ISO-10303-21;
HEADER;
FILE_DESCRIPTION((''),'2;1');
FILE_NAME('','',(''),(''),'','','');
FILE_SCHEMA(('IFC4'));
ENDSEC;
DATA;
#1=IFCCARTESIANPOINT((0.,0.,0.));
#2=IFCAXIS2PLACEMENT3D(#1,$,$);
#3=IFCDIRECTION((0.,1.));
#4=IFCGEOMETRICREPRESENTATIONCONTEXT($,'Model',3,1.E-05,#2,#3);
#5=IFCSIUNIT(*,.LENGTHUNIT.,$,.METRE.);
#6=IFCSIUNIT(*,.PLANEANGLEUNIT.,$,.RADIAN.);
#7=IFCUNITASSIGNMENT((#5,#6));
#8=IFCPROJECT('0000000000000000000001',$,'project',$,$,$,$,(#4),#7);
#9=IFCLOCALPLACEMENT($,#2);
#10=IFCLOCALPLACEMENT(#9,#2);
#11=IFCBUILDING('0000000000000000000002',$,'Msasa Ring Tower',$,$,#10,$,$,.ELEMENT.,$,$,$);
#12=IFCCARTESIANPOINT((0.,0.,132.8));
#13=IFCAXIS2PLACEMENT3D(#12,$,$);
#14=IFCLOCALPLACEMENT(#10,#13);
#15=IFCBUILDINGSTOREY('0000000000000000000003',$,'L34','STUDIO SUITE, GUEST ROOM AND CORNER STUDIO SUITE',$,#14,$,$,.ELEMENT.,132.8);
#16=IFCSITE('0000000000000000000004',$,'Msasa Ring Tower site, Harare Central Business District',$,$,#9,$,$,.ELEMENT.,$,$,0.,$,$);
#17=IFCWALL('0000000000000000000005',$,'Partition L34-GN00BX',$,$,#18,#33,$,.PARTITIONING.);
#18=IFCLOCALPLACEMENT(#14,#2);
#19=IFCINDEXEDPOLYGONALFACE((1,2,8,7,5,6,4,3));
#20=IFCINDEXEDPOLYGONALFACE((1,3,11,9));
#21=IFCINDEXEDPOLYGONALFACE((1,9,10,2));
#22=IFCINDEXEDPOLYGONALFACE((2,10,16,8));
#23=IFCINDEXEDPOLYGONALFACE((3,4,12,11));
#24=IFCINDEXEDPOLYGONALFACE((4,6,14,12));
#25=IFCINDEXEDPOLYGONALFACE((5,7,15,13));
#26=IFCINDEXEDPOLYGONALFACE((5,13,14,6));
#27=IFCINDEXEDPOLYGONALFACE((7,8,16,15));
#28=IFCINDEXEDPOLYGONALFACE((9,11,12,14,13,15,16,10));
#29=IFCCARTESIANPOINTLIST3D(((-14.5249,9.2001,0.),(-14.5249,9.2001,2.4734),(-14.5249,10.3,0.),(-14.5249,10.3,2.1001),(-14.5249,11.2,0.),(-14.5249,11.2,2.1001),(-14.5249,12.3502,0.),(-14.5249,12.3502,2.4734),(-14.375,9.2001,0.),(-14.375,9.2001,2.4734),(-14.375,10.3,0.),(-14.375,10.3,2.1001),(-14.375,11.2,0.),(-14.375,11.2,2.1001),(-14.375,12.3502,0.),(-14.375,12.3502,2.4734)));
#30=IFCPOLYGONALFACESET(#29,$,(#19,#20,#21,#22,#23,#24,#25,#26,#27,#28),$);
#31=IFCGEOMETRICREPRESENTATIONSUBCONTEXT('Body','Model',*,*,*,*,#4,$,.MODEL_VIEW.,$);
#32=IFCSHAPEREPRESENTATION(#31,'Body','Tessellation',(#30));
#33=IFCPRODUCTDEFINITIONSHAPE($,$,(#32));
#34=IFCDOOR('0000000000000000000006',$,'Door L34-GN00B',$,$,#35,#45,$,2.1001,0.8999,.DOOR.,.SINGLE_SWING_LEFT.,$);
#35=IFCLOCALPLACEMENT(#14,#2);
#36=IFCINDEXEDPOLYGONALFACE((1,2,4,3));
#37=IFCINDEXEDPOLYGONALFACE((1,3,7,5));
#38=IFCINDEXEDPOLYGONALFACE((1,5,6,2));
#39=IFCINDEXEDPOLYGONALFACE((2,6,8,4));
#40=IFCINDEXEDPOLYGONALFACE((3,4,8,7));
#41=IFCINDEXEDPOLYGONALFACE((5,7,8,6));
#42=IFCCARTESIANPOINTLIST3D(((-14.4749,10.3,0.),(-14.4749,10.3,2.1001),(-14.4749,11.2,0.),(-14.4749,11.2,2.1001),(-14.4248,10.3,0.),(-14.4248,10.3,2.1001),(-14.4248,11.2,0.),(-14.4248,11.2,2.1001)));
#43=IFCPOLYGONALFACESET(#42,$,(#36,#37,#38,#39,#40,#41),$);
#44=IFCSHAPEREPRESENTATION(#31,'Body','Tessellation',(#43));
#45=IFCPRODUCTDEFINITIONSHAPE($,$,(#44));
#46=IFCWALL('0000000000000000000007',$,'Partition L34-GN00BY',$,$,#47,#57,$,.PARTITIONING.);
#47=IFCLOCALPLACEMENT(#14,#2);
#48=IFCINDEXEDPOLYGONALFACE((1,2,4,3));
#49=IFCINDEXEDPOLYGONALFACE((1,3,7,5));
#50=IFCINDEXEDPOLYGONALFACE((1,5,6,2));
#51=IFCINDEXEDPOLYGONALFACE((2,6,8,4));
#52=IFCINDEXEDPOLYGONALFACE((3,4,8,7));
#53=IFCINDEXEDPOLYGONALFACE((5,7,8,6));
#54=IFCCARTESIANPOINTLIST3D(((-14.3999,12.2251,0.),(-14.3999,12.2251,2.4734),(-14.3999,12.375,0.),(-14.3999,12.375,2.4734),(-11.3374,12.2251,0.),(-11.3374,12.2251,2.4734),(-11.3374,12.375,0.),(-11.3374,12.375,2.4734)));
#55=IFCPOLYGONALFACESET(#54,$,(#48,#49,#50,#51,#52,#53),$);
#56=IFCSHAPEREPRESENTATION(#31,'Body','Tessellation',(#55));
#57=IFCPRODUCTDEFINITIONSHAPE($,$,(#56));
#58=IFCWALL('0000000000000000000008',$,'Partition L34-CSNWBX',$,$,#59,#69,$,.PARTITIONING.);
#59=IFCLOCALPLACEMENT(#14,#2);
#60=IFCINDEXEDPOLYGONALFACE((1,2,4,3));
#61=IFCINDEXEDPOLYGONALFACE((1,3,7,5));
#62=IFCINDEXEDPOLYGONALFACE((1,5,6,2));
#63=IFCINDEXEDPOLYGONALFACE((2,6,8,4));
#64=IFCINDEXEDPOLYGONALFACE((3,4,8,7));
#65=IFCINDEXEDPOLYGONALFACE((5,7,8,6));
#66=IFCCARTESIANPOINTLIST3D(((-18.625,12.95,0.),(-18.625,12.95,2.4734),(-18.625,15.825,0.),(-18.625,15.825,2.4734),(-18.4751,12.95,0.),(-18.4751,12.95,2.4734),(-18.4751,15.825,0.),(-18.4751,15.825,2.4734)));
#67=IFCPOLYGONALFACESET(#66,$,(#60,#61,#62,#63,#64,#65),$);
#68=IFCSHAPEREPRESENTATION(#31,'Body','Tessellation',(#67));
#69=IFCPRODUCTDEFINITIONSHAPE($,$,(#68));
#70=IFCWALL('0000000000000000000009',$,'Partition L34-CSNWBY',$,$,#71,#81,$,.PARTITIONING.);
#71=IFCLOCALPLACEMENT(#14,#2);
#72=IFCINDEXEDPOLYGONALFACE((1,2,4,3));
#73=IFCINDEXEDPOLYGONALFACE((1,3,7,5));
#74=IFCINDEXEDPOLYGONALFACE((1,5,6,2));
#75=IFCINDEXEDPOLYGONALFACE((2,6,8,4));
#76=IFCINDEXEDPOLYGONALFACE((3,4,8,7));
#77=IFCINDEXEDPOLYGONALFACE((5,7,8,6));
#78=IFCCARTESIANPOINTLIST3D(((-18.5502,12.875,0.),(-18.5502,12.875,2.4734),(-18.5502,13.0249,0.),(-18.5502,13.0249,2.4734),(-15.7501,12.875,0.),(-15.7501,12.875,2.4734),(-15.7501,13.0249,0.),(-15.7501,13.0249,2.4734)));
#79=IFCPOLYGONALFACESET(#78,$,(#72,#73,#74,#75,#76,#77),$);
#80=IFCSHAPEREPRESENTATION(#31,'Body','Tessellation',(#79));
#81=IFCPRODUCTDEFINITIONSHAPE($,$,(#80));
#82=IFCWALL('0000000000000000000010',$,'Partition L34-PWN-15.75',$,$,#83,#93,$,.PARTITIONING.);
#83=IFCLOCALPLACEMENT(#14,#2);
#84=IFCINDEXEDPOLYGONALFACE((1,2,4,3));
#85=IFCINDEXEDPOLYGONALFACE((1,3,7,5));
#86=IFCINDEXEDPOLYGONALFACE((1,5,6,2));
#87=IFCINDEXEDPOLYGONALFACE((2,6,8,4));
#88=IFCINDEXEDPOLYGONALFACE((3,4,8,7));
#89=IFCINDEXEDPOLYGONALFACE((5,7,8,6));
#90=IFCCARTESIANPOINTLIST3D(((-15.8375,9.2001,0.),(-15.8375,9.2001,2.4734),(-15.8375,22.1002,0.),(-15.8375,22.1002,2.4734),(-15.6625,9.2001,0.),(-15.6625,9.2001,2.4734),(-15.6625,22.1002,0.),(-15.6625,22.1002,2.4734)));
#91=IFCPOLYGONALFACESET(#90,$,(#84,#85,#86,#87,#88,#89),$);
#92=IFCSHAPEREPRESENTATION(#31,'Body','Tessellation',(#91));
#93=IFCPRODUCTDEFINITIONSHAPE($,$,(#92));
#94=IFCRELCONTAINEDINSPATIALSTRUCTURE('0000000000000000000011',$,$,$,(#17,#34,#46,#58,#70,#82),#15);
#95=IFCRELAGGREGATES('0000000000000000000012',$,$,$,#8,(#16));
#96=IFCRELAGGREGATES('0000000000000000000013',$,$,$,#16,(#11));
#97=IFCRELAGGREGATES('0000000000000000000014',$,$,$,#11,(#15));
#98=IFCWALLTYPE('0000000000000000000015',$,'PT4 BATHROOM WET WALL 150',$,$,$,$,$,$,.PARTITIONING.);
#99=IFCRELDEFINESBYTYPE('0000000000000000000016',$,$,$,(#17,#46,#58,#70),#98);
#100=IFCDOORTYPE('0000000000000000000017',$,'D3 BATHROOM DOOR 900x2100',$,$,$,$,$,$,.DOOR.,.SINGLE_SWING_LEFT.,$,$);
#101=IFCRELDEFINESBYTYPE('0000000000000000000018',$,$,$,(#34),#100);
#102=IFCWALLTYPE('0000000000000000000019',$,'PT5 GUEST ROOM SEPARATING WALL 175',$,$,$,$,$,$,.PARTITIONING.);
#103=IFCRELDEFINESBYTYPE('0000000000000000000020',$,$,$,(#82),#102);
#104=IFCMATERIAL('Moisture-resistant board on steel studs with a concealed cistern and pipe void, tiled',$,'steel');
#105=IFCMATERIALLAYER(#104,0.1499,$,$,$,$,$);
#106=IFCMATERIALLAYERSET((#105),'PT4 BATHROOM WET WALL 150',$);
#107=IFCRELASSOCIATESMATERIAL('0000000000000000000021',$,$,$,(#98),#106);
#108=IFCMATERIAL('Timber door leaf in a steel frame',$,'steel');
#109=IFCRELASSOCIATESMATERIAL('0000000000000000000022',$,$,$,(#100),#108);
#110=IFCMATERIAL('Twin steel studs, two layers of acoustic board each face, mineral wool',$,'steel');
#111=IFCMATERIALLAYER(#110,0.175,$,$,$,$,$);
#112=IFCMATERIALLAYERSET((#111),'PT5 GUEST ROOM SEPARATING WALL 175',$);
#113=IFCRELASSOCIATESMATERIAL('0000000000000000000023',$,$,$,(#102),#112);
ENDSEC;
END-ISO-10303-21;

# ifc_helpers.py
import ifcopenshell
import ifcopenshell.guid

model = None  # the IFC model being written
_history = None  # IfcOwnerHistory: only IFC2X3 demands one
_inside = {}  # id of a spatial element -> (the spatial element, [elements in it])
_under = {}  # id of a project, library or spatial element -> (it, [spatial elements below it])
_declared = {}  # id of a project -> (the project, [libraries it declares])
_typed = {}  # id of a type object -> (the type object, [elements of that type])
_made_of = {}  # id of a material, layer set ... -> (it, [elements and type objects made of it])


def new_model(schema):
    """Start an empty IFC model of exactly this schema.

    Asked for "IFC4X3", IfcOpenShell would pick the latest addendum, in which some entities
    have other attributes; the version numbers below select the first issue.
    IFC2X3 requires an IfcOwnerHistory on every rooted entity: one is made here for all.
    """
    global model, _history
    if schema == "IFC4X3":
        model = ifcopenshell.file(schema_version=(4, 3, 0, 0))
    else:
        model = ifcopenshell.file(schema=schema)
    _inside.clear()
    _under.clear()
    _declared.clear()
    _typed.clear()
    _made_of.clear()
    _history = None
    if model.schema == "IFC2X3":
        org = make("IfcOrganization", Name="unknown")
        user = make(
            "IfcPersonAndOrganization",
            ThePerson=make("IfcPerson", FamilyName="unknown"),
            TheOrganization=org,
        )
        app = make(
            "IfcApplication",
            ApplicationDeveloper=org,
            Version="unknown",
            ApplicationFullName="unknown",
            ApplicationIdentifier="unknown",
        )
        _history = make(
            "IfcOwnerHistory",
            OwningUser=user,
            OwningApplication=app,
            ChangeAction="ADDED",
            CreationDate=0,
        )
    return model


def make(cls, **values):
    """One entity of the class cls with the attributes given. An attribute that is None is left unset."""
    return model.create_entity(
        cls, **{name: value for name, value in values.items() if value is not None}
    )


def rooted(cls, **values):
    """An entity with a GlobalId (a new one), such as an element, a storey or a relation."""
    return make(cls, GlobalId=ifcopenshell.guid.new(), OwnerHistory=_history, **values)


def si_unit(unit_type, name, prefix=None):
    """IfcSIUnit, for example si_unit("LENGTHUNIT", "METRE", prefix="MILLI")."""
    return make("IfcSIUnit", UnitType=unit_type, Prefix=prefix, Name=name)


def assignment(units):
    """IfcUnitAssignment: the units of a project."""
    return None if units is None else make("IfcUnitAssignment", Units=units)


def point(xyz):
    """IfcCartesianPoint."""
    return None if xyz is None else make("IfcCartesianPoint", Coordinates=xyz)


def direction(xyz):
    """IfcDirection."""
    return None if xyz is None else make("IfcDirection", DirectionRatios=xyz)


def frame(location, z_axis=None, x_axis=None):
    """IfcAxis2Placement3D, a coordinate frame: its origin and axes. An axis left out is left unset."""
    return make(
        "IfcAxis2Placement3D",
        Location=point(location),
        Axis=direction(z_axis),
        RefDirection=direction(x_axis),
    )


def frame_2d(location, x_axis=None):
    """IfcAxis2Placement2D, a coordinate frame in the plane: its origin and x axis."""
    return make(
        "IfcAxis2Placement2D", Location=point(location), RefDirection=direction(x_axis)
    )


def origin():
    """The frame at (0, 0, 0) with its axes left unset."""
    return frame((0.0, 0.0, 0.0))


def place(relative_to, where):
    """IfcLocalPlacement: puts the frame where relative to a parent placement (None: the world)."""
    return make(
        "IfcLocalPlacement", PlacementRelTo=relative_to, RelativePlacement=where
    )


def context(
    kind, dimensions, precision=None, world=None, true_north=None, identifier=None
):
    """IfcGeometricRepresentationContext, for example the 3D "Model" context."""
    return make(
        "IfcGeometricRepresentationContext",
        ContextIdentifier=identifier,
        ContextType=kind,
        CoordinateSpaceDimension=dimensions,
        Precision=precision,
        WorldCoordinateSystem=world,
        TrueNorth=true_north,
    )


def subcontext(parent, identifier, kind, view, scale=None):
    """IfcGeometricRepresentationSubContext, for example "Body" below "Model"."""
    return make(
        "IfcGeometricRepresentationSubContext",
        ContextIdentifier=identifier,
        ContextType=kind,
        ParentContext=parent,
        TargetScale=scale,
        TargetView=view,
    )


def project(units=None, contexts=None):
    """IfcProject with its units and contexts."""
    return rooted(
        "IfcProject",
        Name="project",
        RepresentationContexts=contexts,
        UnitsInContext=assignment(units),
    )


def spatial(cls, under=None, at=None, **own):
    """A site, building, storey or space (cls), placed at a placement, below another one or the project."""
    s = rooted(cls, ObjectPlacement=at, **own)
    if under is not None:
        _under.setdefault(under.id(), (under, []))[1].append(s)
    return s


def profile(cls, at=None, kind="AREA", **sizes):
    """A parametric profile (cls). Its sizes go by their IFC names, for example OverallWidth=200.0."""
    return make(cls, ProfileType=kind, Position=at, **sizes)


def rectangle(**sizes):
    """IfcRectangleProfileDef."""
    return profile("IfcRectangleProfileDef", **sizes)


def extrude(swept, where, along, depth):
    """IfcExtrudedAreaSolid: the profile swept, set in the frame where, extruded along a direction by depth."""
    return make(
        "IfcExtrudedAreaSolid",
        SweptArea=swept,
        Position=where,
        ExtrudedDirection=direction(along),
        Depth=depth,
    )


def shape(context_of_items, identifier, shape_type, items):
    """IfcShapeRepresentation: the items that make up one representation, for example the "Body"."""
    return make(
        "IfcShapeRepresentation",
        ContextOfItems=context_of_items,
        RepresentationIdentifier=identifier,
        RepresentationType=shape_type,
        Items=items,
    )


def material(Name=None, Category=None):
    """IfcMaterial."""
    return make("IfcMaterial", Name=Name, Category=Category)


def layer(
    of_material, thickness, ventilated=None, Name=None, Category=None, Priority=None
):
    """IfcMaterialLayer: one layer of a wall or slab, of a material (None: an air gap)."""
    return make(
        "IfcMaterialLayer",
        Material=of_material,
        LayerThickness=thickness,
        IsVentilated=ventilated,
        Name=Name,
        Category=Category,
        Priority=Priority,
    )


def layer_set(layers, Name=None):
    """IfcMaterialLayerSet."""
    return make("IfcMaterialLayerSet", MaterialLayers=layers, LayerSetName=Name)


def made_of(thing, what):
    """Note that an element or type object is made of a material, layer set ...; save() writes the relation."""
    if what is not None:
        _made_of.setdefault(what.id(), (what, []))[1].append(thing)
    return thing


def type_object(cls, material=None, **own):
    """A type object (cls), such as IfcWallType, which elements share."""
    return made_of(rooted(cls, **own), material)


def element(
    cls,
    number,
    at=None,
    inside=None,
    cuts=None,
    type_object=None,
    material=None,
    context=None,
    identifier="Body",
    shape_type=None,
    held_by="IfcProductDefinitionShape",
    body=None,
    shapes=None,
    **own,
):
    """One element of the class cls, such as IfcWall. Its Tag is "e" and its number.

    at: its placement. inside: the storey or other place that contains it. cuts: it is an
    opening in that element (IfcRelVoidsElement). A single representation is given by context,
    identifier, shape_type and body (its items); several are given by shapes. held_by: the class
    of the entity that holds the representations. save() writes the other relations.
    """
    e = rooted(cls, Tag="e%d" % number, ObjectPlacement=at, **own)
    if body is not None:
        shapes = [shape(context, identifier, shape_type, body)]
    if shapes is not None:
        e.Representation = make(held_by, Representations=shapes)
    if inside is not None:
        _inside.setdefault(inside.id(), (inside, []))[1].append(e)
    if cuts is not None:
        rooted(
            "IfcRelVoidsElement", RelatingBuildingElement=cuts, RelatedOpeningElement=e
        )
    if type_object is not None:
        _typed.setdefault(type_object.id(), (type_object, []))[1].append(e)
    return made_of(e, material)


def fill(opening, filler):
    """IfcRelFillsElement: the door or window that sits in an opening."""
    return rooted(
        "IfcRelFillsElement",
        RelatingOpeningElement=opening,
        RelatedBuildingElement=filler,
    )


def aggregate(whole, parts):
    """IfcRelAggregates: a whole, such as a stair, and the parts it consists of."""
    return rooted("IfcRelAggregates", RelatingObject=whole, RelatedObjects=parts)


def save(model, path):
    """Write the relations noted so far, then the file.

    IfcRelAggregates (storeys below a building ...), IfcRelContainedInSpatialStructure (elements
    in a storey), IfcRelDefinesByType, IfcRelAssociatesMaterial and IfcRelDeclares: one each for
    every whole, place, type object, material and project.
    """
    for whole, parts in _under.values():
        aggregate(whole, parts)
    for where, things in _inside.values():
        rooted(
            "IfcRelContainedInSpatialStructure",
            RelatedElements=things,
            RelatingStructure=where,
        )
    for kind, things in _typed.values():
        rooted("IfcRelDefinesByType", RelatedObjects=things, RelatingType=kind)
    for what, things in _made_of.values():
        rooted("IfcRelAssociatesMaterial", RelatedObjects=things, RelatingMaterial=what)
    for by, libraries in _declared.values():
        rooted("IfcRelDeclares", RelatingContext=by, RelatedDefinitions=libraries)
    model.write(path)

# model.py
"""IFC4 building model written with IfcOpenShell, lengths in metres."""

from ifc_helpers import new_model, si_unit, direction, frame, frame_2d, origin, place, context, subcontext, project, spatial, rectangle, extrude, material, layer, layer_set, type_object, element, fill, save


model = new_model("IFC4")

# Units and contexts
model_context = context("Model", 3, precision=1e-05, world=origin(), true_north=direction((0.0, 1.0)))
body_context = subcontext(model_context, "Body", "Model", "MODEL_VIEW")
ifc_project = project(units=[si_unit("LENGTHUNIT", "METRE"), si_unit("PLANEANGLEUNIT", "RADIAN")], contexts=[model_context])

# Site, building, storey
site_placement = place(None, origin())
site = spatial("IfcSite", under=ifc_project, at=site_placement, Name="Msasa Ring Tower site, Harare Central Business District", CompositionType="ELEMENT", RefElevation=0.0)
building_placement = place(site_placement, origin())
building = spatial("IfcBuilding", under=site, at=building_placement, Name="Msasa Ring Tower", CompositionType="ELEMENT")
storey_placement = place(building_placement, frame((0.0, 0.0, 132.8)))
storey = spatial("IfcBuildingStorey", under=building, at=storey_placement, Name="L34", Description="STUDIO SUITE, GUEST ROOM AND CORNER STUDIO SUITE", CompositionType="ELEMENT", Elevation=132.8)

# Wall, opening, door
ifc_material_1 = material(Name="Moisture-resistant board on steel studs with a concealed cistern and pipe void, tiled", Category="steel")
ifc_layer_1 = layer(ifc_material_1, 0.1499)
ifc_layer_set_1 = layer_set([ifc_layer_1], Name="PT4 BATHROOM WET WALL 150")
wall_type_1 = type_object("IfcWallType", Name="PT4 BATHROOM WET WALL 150", PredefinedType="PARTITIONING", material=ifc_layer_set_1)
wall_1_placement = place(storey_placement, frame((-14.45, 9.2, 0.0), z_axis=(0.0, 0.0, 1.0), x_axis=(0.0, 1.0, 0.0)))
wall_1 = element("IfcWall", 1, at=wall_1_placement, inside=storey, type_object=wall_type_1, Name="Partition L34-GN00BX", PredefinedType="PARTITIONING", context=body_context, shape_type="SweptSolid", body=[
    extrude(rectangle(XDim=3.1501, YDim=0.1499, at=frame_2d((1.5752, 0.0))), origin(), (0.0, 0.0, 1.0), 2.4734),
])
opening_1_placement = place(wall_1_placement, frame((1.1001, 0.0, 0.0)))
opening_1 = element("IfcOpeningElement", 2, at=opening_1_placement, cuts=wall_1, PredefinedType="OPENING", context=body_context, shape_type="SweptSolid", body=[
    extrude(rectangle(XDim=0.8999, YDim=2.1001, at=frame_2d((0.45, 1.05))), frame((0.0, 0.085, 0.0), z_axis=(0.0, -1.0, 0.0), x_axis=(1.0, 0.0, 0.0)), (0.0, 0.0, 1.0), 0.1699),
])
ifc_material_2 = material(Name="Timber door leaf in a steel frame", Category="steel")
door_type_1 = type_object("IfcDoorType", Name="D3 BATHROOM DOOR 900x2100", OperationType="SINGLE_SWING_LEFT", PredefinedType="DOOR", material=ifc_material_2)
door_1_placement = place(opening_1_placement, origin())
door_1 = element("IfcDoor", 3, at=door_1_placement, inside=storey, type_object=door_type_1, Name="Door L34-GN00B", OperationType="SINGLE_SWING_LEFT", OverallHeight=2.1001, OverallWidth=0.8999, PredefinedType="DOOR", context=body_context, shape_type="SweptSolid", body=[
    extrude(rectangle(XDim=0.8999, YDim=2.1001, at=frame_2d((0.45, 1.05))), frame((0.0, 0.0249, 0.0), z_axis=(0.0, -1.0, 0.0), x_axis=(1.0, 0.0, 0.0)), (0.0, 0.0, 1.0), 0.05),
])
fill(opening_1, door_1)

# Walls
wall_2_placement = place(storey_placement, frame((-14.3999, 12.3, 0.0), z_axis=(0.0, 0.0, 1.0), x_axis=(1.0, 0.0, 0.0)))
element("IfcWall", 4, at=wall_2_placement, inside=storey, type_object=wall_type_1, Name="Partition L34-GN00BY", PredefinedType="PARTITIONING", context=body_context, shape_type="SweptSolid", body=[
    extrude(rectangle(XDim=3.0625, YDim=0.1499, at=frame_2d((1.5312, 0.0))), origin(), (0.0, 0.0, 1.0), 2.4734),
])
wall_3_placement = place(storey_placement, frame((-18.55, 12.95, 0.0), z_axis=(0.0, 0.0, 1.0), x_axis=(0.0, 1.0, 0.0)))
element("IfcWall", 5, at=wall_3_placement, inside=storey, type_object=wall_type_1, Name="Partition L34-CSNWBX", PredefinedType="PARTITIONING", context=body_context, shape_type="SweptSolid", body=[
    extrude(rectangle(XDim=2.875, YDim=0.1499, at=frame_2d((1.4375, 0.0))), origin(), (0.0, 0.0, 1.0), 2.4734),
])
wall_4_placement = place(storey_placement, frame((-18.55, 12.95, 0.0), z_axis=(0.0, 0.0, 1.0), x_axis=(1.0, 0.0, 0.0)))
element("IfcWall", 6, at=wall_4_placement, inside=storey, type_object=wall_type_1, Name="Partition L34-CSNWBY", PredefinedType="PARTITIONING", context=body_context, shape_type="SweptSolid", body=[
    extrude(rectangle(XDim=2.8, YDim=0.1499, at=frame_2d((1.3999, 0.0))), origin(), (0.0, 0.0, 1.0), 2.4734),
])
ifc_material_3 = material(Name="Twin steel studs, two layers of acoustic board each face, mineral wool", Category="steel")
ifc_layer_2 = layer(ifc_material_3, 0.175)
ifc_layer_set_2 = layer_set([ifc_layer_2], Name="PT5 GUEST ROOM SEPARATING WALL 175")
wall_type_2 = type_object("IfcWallType", Name="PT5 GUEST ROOM SEPARATING WALL 175", PredefinedType="PARTITIONING", material=ifc_layer_set_2)
wall_5_placement = place(storey_placement, frame((-15.75, 9.2, 0.0), z_axis=(0.0, 0.0, 1.0), x_axis=(0.0, 1.0, 0.0)))
element("IfcWall", 7, at=wall_5_placement, inside=storey, type_object=wall_type_2, Name="Partition L34-PWN-15.75", PredefinedType="PARTITIONING", context=body_context, shape_type="SweptSolid", body=[
    extrude(rectangle(XDim=12.9001, YDim=0.175, at=frame_2d((6.4502, 0.0))), origin(), (0.0, 0.0, 1.0), 2.4734),
])

save(model, "model.ifc")
